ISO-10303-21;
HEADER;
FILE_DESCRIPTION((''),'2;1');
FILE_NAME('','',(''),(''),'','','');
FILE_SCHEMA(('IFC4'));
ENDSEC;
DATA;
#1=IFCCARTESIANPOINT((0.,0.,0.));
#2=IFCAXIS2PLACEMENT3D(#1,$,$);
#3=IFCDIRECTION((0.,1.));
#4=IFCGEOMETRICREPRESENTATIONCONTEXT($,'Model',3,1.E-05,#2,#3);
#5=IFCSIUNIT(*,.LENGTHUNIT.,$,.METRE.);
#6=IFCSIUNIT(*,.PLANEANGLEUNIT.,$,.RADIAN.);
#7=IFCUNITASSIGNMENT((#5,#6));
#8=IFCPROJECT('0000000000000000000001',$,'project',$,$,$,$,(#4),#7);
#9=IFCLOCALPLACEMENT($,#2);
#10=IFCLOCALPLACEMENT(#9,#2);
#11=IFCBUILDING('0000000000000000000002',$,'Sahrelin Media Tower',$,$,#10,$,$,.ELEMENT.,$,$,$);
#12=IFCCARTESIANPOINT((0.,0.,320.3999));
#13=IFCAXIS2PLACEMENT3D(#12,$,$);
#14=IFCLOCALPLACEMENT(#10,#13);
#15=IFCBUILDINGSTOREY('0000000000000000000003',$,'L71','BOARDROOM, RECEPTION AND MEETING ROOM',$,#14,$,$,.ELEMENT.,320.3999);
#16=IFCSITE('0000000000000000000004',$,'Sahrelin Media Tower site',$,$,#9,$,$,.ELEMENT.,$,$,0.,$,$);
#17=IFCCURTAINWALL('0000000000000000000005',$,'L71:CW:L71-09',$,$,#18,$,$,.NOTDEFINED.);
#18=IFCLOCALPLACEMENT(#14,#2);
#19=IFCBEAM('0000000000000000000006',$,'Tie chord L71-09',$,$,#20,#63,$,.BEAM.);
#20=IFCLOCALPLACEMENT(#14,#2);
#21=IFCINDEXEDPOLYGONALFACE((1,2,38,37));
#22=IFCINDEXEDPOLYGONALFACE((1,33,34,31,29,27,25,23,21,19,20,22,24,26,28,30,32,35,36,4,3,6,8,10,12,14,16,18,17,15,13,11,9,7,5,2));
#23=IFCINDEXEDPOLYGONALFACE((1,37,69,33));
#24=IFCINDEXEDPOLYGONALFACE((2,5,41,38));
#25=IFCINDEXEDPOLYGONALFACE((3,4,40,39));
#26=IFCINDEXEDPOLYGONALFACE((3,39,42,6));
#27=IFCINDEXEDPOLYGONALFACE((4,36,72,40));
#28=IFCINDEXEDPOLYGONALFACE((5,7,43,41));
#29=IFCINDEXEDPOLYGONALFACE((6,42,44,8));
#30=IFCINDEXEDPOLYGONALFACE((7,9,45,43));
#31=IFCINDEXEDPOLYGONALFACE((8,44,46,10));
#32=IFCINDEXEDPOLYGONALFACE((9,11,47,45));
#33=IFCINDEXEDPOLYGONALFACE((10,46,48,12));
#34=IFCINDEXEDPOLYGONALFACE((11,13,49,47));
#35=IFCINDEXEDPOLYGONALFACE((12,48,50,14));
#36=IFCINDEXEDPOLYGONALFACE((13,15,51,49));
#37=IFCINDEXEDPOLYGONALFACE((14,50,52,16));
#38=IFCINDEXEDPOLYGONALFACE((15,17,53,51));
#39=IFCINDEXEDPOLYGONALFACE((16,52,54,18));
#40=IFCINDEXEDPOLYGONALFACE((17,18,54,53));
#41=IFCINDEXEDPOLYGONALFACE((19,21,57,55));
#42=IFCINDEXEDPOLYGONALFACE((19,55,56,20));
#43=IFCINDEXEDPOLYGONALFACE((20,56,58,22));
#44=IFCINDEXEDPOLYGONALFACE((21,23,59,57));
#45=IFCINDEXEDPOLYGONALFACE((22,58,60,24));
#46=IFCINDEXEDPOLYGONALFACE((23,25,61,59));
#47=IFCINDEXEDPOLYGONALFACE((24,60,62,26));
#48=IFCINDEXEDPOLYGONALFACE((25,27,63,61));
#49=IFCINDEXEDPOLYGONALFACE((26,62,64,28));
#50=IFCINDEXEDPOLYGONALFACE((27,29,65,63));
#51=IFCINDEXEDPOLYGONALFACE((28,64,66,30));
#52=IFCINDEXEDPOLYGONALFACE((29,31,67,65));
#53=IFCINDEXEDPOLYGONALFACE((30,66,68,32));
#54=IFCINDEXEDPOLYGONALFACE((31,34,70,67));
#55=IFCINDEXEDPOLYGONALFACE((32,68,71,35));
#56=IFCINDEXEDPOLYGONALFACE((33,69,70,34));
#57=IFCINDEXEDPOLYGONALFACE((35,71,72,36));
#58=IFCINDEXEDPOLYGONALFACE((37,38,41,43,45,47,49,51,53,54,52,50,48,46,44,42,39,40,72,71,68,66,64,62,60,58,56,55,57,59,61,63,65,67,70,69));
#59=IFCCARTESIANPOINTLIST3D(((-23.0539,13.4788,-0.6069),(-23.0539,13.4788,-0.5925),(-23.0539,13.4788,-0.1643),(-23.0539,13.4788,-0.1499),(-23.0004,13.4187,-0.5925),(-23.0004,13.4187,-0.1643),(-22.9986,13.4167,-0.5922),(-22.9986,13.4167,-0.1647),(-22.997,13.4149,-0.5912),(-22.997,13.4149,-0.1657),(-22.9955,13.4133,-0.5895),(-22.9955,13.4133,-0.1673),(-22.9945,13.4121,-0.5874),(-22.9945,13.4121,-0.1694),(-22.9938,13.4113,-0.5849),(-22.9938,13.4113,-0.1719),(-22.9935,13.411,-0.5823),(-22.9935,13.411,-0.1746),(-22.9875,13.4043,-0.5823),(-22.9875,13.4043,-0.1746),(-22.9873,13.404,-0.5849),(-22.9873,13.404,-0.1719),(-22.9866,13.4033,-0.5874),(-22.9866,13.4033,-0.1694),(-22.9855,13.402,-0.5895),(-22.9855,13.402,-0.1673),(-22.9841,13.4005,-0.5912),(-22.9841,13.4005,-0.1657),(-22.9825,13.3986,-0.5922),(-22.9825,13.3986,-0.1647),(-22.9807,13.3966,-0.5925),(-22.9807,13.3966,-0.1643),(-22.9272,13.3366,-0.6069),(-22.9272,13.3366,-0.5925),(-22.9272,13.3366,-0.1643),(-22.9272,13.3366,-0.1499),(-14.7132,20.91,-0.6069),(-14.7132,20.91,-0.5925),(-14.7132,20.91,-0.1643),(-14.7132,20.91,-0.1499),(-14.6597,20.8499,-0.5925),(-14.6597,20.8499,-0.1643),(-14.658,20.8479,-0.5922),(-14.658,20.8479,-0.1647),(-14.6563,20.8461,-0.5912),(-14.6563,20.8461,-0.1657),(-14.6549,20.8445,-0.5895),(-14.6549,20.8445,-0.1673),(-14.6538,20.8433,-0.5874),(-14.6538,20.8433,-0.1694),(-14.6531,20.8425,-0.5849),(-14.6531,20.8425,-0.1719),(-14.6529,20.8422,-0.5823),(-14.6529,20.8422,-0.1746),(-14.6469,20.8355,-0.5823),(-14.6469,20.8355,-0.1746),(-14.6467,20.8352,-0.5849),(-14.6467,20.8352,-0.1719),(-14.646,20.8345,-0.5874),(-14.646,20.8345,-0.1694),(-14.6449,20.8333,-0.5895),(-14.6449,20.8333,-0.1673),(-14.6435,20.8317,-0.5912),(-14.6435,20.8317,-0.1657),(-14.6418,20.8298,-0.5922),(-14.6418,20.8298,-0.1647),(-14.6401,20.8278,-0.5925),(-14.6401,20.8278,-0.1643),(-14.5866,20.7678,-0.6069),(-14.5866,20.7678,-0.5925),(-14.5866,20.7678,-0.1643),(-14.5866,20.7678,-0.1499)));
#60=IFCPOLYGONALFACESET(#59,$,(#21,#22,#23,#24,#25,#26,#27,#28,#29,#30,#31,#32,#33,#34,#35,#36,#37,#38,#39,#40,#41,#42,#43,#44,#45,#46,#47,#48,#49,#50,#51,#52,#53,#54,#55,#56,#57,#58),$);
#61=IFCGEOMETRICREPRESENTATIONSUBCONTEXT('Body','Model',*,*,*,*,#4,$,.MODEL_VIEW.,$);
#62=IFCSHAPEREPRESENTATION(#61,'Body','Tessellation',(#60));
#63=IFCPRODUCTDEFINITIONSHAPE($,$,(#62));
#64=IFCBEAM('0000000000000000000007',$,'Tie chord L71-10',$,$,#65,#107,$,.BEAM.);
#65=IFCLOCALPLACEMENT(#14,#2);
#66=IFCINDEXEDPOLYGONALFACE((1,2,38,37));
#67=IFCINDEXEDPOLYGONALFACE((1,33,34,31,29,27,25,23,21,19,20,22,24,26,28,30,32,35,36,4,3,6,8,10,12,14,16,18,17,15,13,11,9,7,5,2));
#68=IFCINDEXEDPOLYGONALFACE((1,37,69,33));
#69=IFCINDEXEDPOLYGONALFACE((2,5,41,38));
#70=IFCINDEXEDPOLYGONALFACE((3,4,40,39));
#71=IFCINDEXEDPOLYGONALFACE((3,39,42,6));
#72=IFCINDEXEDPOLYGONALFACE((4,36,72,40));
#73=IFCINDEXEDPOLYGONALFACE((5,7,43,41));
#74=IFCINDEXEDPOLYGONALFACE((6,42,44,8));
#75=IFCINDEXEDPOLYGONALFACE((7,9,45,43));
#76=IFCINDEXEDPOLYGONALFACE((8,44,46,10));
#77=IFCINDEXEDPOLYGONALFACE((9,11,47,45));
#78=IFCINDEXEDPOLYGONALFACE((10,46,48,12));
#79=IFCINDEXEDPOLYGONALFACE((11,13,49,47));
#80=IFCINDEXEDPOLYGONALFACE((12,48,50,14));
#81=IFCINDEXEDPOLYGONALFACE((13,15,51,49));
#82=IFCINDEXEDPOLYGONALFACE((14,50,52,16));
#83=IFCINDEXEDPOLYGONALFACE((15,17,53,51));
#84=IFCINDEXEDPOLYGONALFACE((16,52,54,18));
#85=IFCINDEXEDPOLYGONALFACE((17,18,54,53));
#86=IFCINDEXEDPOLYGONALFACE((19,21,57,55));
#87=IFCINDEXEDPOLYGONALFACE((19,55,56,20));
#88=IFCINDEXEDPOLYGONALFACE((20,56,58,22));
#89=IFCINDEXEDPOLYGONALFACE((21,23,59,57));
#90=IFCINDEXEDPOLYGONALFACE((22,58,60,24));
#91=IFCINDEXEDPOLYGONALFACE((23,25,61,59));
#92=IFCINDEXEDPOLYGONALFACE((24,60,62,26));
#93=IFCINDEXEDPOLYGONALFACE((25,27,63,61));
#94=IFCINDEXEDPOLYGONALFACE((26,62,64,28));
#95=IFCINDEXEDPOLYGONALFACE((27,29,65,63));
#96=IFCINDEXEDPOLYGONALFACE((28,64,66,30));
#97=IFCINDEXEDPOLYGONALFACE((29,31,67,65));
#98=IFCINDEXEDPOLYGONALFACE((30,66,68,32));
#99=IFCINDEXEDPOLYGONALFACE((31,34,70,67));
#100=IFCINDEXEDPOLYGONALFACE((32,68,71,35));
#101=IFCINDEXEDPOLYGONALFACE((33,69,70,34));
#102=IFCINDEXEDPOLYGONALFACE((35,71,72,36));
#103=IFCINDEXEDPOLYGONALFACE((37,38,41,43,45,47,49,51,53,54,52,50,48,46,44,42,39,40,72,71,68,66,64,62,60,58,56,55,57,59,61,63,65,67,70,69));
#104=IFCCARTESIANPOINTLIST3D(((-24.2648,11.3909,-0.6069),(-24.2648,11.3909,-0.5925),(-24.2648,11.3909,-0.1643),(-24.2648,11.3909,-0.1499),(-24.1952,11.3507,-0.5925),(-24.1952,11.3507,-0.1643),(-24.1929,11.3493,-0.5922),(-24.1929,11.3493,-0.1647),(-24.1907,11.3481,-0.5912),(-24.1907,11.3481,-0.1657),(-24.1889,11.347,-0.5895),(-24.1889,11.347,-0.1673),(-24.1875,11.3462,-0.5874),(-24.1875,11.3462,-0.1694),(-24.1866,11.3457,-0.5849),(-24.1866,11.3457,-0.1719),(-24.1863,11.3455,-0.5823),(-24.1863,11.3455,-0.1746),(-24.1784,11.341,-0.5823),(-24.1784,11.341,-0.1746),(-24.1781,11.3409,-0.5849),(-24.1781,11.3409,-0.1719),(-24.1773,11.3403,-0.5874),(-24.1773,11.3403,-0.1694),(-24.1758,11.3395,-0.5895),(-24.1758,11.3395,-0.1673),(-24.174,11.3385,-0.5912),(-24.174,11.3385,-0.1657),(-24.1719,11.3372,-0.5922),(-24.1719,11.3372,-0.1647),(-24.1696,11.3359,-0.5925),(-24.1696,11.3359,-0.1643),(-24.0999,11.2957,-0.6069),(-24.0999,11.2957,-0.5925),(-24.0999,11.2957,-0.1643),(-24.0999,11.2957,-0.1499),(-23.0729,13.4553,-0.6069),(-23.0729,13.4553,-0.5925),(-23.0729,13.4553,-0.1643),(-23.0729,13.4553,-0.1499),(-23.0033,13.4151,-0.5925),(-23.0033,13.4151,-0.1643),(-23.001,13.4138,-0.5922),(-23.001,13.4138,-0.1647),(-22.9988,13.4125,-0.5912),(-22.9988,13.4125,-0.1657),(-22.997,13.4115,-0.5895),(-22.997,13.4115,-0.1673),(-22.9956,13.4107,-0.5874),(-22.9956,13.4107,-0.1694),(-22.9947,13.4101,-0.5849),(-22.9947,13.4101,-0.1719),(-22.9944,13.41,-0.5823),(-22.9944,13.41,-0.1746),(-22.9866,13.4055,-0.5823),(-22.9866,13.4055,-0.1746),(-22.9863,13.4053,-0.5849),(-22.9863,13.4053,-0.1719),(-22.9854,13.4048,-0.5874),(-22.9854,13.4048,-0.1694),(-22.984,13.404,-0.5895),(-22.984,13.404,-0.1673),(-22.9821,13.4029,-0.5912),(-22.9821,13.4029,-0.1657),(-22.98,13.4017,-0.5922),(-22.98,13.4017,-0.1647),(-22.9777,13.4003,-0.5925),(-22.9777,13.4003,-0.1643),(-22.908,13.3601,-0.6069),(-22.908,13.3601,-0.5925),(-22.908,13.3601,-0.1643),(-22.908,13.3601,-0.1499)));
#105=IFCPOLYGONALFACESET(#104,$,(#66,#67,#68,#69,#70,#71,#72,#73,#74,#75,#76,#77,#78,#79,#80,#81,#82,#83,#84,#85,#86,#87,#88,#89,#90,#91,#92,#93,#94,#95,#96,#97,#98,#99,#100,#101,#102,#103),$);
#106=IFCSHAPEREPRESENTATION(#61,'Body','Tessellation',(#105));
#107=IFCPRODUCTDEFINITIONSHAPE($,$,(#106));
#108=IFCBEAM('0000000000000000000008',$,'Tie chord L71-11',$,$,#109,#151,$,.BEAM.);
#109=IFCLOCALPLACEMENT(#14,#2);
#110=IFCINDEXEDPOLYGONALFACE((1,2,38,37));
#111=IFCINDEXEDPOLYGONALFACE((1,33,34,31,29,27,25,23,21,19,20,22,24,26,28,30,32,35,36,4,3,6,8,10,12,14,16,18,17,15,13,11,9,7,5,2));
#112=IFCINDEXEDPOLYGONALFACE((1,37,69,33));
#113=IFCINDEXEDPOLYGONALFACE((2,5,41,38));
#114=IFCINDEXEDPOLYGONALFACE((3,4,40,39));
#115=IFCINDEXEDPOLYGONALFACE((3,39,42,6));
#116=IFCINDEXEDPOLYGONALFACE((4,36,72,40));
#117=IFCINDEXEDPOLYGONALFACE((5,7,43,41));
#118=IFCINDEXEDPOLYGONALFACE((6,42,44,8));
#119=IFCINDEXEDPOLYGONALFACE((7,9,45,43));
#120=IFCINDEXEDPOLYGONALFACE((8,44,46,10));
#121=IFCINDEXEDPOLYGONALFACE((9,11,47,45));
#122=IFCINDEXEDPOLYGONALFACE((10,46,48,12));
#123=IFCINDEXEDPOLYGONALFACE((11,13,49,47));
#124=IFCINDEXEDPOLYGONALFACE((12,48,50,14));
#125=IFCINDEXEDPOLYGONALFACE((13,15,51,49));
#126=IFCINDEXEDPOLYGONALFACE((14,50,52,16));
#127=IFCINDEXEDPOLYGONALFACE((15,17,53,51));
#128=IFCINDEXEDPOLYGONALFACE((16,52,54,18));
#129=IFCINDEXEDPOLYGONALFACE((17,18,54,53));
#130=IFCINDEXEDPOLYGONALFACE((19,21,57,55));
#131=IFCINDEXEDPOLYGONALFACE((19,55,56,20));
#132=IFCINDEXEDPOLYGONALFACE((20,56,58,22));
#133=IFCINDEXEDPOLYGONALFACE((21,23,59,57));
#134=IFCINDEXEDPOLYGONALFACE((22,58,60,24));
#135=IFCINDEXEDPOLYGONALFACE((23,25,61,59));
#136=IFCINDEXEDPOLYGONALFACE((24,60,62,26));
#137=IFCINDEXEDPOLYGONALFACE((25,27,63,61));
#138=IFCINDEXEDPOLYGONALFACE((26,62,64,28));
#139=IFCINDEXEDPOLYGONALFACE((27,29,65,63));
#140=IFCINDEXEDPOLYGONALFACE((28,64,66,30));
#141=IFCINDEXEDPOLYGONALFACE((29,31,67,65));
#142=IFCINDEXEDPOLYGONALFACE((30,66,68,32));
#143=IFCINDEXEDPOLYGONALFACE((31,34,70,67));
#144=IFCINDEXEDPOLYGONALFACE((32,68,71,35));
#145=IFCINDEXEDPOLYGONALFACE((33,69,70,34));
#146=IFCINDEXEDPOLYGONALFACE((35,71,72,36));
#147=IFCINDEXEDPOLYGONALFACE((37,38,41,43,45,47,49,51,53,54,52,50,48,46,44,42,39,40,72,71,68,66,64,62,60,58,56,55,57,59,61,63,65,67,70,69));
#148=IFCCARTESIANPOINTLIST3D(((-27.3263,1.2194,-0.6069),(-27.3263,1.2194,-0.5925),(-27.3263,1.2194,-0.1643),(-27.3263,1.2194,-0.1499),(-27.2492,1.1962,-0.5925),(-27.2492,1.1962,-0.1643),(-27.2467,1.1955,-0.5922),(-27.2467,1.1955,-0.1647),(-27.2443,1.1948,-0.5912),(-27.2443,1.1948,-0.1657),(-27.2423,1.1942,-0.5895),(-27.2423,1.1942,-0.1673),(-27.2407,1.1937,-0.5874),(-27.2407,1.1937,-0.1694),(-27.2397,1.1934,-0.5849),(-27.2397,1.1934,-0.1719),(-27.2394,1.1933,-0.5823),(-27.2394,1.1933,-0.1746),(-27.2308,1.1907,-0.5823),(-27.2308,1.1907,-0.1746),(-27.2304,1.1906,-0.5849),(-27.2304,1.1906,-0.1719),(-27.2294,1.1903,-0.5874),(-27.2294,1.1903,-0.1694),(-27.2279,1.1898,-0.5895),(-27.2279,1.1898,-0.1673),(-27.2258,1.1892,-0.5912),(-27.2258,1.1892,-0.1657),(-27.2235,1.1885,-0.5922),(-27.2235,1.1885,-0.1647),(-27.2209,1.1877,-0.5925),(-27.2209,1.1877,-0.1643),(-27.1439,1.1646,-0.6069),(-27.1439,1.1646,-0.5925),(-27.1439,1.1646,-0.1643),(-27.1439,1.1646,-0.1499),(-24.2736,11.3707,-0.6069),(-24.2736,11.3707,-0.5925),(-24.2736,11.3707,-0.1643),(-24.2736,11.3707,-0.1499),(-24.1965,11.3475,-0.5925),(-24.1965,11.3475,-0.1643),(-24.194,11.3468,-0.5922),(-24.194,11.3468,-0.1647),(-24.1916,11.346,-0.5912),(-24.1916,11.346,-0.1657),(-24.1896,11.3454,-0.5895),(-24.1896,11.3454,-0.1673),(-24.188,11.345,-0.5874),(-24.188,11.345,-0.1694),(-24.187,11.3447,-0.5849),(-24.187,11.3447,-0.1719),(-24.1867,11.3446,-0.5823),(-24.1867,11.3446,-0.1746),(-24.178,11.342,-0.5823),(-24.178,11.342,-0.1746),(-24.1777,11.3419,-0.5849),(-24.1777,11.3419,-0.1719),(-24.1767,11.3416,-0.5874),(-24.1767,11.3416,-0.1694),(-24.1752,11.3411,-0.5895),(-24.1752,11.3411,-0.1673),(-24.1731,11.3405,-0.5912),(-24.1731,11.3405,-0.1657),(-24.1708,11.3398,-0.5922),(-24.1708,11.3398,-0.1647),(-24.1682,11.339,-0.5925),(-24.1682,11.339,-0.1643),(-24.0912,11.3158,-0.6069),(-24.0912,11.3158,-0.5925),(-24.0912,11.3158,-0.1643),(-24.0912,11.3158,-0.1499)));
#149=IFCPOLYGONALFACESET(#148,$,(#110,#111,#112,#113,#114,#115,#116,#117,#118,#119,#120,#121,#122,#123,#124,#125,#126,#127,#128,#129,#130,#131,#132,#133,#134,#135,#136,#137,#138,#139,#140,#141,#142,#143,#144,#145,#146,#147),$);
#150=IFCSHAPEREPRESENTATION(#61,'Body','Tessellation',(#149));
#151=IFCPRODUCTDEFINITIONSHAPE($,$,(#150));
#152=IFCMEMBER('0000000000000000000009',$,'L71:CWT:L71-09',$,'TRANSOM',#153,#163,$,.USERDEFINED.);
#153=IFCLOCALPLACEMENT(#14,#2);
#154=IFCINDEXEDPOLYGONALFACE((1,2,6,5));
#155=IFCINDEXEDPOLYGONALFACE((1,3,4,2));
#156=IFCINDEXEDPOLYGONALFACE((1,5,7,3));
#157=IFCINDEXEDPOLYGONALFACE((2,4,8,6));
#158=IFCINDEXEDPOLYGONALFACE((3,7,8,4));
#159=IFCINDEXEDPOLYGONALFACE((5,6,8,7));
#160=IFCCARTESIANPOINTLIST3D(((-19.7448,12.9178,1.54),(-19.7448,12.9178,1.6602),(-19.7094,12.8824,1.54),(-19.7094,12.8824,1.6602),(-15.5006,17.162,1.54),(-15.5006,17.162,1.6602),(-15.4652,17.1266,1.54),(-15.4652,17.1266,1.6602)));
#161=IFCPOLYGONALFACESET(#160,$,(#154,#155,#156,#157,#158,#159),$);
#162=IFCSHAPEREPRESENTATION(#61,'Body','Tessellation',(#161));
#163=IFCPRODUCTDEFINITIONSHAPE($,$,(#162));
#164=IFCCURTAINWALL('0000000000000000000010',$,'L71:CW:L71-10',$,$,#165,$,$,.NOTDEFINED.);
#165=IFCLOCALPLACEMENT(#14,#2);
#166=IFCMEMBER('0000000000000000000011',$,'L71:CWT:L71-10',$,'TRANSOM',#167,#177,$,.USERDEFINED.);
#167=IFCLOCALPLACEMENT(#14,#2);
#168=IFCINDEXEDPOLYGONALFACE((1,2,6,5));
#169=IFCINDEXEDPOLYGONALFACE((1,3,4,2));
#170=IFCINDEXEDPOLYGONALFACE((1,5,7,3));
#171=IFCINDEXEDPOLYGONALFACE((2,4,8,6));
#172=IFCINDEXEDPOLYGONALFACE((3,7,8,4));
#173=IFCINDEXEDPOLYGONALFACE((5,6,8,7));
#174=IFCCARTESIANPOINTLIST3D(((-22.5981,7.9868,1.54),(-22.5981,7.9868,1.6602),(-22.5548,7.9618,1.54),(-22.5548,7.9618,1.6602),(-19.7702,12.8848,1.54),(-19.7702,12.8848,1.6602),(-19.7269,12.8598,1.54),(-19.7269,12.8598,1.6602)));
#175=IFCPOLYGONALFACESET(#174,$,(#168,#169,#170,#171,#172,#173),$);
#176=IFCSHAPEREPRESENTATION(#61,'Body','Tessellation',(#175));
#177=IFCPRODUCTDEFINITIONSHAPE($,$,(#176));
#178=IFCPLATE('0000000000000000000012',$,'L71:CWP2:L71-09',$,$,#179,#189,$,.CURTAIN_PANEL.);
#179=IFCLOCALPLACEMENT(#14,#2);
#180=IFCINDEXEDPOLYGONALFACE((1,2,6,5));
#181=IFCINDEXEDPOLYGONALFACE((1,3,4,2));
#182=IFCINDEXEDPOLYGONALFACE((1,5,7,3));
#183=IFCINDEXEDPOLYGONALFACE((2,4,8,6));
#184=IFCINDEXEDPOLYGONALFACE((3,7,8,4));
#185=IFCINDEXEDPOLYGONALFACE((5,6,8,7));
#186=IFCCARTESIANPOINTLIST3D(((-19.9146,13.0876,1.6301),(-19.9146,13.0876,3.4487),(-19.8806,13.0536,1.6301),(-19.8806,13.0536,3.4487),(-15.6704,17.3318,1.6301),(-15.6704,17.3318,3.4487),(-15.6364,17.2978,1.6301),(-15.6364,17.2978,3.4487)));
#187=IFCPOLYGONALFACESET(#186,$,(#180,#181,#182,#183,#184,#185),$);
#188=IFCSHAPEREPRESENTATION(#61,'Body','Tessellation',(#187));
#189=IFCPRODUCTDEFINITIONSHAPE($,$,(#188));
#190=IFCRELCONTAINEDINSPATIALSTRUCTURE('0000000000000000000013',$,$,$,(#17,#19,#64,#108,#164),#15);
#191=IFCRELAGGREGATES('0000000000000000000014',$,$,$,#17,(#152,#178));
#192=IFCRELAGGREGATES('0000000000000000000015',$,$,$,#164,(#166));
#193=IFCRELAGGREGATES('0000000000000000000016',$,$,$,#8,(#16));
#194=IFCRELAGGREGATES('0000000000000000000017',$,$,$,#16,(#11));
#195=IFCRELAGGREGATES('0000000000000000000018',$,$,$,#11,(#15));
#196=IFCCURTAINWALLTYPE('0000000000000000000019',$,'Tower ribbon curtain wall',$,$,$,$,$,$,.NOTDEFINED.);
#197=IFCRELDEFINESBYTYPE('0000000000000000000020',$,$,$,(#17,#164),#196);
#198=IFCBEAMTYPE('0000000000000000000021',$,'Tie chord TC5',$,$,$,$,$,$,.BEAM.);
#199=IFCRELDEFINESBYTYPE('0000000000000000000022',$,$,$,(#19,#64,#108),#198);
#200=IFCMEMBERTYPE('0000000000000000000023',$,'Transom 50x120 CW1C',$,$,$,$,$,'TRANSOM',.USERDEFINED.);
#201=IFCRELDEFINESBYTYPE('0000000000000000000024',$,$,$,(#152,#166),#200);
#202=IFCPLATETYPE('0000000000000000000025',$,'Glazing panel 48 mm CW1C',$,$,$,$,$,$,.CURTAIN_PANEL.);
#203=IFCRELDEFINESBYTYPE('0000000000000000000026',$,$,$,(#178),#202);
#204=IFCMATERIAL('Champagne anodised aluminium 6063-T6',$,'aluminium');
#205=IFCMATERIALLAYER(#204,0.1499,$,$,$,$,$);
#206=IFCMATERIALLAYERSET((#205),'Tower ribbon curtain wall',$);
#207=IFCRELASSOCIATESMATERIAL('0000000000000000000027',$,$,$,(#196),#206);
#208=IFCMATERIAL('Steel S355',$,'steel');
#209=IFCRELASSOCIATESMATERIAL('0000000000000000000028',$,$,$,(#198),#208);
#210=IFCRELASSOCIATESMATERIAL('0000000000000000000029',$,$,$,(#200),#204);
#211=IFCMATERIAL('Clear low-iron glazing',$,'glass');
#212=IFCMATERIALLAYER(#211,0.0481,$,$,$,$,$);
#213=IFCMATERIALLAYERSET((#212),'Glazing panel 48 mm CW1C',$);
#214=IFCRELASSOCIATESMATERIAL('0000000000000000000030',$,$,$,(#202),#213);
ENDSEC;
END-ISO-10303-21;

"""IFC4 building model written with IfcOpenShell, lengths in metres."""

from ifc_helpers import new_model, si_unit, direction, frame, origin, origin_2d, place, context, subcontext, project, spatial, polyline, rectangle, i_section, outline, extrude, material, layer, layer_set, material_profile, profile_set, type_object, element, aggregate, save


model = new_model("IFC4")

# Units and contexts
model_context = context("Model", 3, precision=1e-05, world=origin(), true_north=direction((0.0, 1.0)))
body_context = subcontext(model_context, "Body", "Model", "MODEL_VIEW")
ifc_project = project(units=[si_unit("LENGTHUNIT", "METRE"), si_unit("PLANEANGLEUNIT", "RADIAN")], contexts=[model_context])

# Site, building, storey
site_placement = place(None, origin())
site = spatial("IfcSite", under=ifc_project, at=site_placement, Name="Sahrelin Media Tower site", CompositionType="ELEMENT", RefElevation=0.0)
building_placement = place(site_placement, origin())
building = spatial("IfcBuilding", under=site, at=building_placement, Name="Sahrelin Media Tower", CompositionType="ELEMENT")
storey_placement = place(building_placement, frame((0.0, 0.0, 320.3999)))
storey = spatial("IfcBuildingStorey", under=building, at=storey_placement, Name="L71", Description="BOARDROOM, RECEPTION AND MEETING ROOM", CompositionType="ELEMENT", Elevation=320.3999)

# Shared definitions
ifc_material_1 = material(Name="Steel S355", Category="steel")

# Curtain wall
ifc_material_2 = material(Name="Champagne anodised aluminium 6063-T6", Category="aluminium")
ifc_layer_1 = layer(ifc_material_2, 0.1499)
ifc_layer_set_1 = layer_set([ifc_layer_1], Name="Tower ribbon curtain wall")
curtain_wall_type = type_object("IfcCurtainWallType", Name="Tower ribbon curtain wall", PredefinedType="NOTDEFINED", material=ifc_layer_set_1)
curtain_wall_1_placement = place(storey_placement, frame((-17.7783, 15.1956, 0.0), z_axis=(0.0, 0.0, 1.0), x_axis=(1.0, 0.0, 0.0)))
curtain_wall_1 = element("IfcCurtainWall", 1, at=curtain_wall_1_placement, inside=storey, type_object=curtain_wall_type, Name="L71:CW:L71-09", PredefinedType="NOTDEFINED")

# Beams
ifc_material_profile_1 = material_profile(ifc_material_1, i_section(OverallWidth=0.1904, OverallDepth=0.457, WebThickness=0.009, FlangeThickness=0.0144, FilletRadius=0.0103, at=origin_2d()), Name="UB 457x191x74")
ifc_profile_set_1 = profile_set([ifc_material_profile_1], Name="Steel S355")
beam_type_1 = type_object("IfcBeamType", Name="Tie chord TC5", PredefinedType="BEAM", material=ifc_profile_set_1)
beam_1_placement = place(storey_placement, frame((-14.6499, 20.8389, -0.3784), z_axis=(-0.74664, -0.665229, 0.0), x_axis=(0.665229, -0.74664, 0.0)))
element("IfcBeam", 2, at=beam_1_placement, inside=storey, type_object=beam_type_1, Name="Tie chord L71-09", PredefinedType="BEAM", context=body_context, shape_type="SweptSolid", body=[
    extrude(i_section(OverallWidth=0.1904, OverallDepth=0.457, WebThickness=0.009, FlangeThickness=0.0144, FilletRadius=0.0103, at=origin_2d()), origin(), (0.0, 0.0, 1.0), 11.1709),
])
beam_2_placement = place(storey_placement, frame((-22.9905, 13.4077, -0.3784), z_axis=(-0.499994, -0.866029, 0.0), x_axis=(0.866029, -0.499994, 0.0)))
element("IfcBeam", 3, at=beam_2_placement, inside=storey, type_object=beam_type_1, Name="Tie chord L71-10", PredefinedType="BEAM", context=body_context, shape_type="SweptSolid", body=[
    extrude(i_section(OverallWidth=0.1904, OverallDepth=0.457, WebThickness=0.009, FlangeThickness=0.0144, FilletRadius=0.0103, at=origin_2d()), origin(), (0.0, 0.0, 1.0), 2.3838),
])
beam_3_placement = place(storey_placement, frame((-24.1824, 11.3433, -0.3784), z_axis=(-0.287982, -0.957636, 0.0), x_axis=(0.957636, -0.287982, 0.0)))
element("IfcBeam", 4, at=beam_3_placement, inside=storey, type_object=beam_type_1, Name="Tie chord L71-11", PredefinedType="BEAM", context=body_context, shape_type="SweptSolid", body=[
    extrude(i_section(OverallWidth=0.1904, OverallDepth=0.457, WebThickness=0.009, FlangeThickness=0.0144, FilletRadius=0.0103, at=origin_2d()), origin(), (0.0, 0.0, 1.0), 10.6003),
])

# Member
ifc_material_profile_2 = material_profile(ifc_material_2, rectangle(XDim=0.05, YDim=0.1201, at=origin_2d()), Name="Transom 50x120")
ifc_profile_set_2 = profile_set([ifc_material_profile_2], Name="Champagne anodised aluminium 6063-T6")
member_type_1 = type_object("IfcMemberType", Name="Transom 50x120 CW1C", ElementType="TRANSOM", PredefinedType="USERDEFINED", material=ifc_profile_set_2)
member_1_placement = place(storey_placement, frame((-15.4829, 17.1443, 1.6001), z_axis=(-0.707107, -0.707107, 0.0), x_axis=(0.707107, -0.707107, 0.0)))
member_1 = element("IfcMember", 5, at=member_1_placement, type_object=member_type_1, Name="L71:CWT:L71-09", ObjectType="TRANSOM", PredefinedType="USERDEFINED", context=body_context, shape_type="SweptSolid", body=[
    extrude(rectangle(XDim=0.05, YDim=0.1201, at=origin_2d()), origin(), (0.0, 0.0, 1.0), 6.0022),
])

# Curtain wall, member
curtain_wall_2_placement = place(storey_placement, frame((-21.3748, 10.5459, 0.0), z_axis=(0.0, 0.0, 1.0), x_axis=(1.0, 0.0, 0.0)))
curtain_wall_2 = element("IfcCurtainWall", 6, at=curtain_wall_2_placement, inside=storey, type_object=curtain_wall_type, Name="L71:CW:L71-10", PredefinedType="NOTDEFINED")
member_2_placement = place(storey_placement, frame((-19.7485, 12.8723, 1.6001), z_axis=(-0.500006, -0.866022, 0.0), x_axis=(0.866022, -0.500006, 0.0)))
member_2 = element("IfcMember", 7, at=member_2_placement, type_object=member_type_1, Name="L71:CWT:L71-10", ObjectType="TRANSOM", PredefinedType="USERDEFINED", context=body_context, shape_type="SweptSolid", body=[
    extrude(rectangle(XDim=0.05, YDim=0.1201, at=origin_2d()), origin(), (0.0, 0.0, 1.0), 5.6558),
])

# Plate
ifc_material_3 = material(Name="Clear low-iron glazing", Category="glass")
ifc_layer_2 = layer(ifc_material_3, 0.0481)
ifc_layer_set_2 = layer_set([ifc_layer_2], Name="Glazing panel 48 mm CW1C")
plate_type_1 = type_object("IfcPlateType", Name="Glazing panel 48 mm CW1C", PredefinedType="CURTAIN_PANEL", material=ifc_layer_set_2)
plate_1_placement = place(storey_placement, frame((-15.6704, 17.3318, 1.6301), z_axis=(-0.707107, 0.707107, 0.0), x_axis=(-0.707107, -0.707107, 0.0)))
plate_1 = element("IfcPlate", 8, at=plate_1_placement, type_object=plate_type_1, Name="L71:CWP2:L71-09", PredefinedType="CURTAIN_PANEL", context=body_context, shape_type="SweptSolid", body=[
    extrude(outline(polyline([(0.0, 0.0), (6.0022, 0.0), (6.0022, 1.8186), (0.0, 1.8186), (0.0, 0.0)])), origin(), (0.0, 0.0, -1.0), 0.0481),
])
aggregate(curtain_wall_1, [member_1, plate_1])
aggregate(curtain_wall_2, [member_2])

save(model, "model.ifc")
